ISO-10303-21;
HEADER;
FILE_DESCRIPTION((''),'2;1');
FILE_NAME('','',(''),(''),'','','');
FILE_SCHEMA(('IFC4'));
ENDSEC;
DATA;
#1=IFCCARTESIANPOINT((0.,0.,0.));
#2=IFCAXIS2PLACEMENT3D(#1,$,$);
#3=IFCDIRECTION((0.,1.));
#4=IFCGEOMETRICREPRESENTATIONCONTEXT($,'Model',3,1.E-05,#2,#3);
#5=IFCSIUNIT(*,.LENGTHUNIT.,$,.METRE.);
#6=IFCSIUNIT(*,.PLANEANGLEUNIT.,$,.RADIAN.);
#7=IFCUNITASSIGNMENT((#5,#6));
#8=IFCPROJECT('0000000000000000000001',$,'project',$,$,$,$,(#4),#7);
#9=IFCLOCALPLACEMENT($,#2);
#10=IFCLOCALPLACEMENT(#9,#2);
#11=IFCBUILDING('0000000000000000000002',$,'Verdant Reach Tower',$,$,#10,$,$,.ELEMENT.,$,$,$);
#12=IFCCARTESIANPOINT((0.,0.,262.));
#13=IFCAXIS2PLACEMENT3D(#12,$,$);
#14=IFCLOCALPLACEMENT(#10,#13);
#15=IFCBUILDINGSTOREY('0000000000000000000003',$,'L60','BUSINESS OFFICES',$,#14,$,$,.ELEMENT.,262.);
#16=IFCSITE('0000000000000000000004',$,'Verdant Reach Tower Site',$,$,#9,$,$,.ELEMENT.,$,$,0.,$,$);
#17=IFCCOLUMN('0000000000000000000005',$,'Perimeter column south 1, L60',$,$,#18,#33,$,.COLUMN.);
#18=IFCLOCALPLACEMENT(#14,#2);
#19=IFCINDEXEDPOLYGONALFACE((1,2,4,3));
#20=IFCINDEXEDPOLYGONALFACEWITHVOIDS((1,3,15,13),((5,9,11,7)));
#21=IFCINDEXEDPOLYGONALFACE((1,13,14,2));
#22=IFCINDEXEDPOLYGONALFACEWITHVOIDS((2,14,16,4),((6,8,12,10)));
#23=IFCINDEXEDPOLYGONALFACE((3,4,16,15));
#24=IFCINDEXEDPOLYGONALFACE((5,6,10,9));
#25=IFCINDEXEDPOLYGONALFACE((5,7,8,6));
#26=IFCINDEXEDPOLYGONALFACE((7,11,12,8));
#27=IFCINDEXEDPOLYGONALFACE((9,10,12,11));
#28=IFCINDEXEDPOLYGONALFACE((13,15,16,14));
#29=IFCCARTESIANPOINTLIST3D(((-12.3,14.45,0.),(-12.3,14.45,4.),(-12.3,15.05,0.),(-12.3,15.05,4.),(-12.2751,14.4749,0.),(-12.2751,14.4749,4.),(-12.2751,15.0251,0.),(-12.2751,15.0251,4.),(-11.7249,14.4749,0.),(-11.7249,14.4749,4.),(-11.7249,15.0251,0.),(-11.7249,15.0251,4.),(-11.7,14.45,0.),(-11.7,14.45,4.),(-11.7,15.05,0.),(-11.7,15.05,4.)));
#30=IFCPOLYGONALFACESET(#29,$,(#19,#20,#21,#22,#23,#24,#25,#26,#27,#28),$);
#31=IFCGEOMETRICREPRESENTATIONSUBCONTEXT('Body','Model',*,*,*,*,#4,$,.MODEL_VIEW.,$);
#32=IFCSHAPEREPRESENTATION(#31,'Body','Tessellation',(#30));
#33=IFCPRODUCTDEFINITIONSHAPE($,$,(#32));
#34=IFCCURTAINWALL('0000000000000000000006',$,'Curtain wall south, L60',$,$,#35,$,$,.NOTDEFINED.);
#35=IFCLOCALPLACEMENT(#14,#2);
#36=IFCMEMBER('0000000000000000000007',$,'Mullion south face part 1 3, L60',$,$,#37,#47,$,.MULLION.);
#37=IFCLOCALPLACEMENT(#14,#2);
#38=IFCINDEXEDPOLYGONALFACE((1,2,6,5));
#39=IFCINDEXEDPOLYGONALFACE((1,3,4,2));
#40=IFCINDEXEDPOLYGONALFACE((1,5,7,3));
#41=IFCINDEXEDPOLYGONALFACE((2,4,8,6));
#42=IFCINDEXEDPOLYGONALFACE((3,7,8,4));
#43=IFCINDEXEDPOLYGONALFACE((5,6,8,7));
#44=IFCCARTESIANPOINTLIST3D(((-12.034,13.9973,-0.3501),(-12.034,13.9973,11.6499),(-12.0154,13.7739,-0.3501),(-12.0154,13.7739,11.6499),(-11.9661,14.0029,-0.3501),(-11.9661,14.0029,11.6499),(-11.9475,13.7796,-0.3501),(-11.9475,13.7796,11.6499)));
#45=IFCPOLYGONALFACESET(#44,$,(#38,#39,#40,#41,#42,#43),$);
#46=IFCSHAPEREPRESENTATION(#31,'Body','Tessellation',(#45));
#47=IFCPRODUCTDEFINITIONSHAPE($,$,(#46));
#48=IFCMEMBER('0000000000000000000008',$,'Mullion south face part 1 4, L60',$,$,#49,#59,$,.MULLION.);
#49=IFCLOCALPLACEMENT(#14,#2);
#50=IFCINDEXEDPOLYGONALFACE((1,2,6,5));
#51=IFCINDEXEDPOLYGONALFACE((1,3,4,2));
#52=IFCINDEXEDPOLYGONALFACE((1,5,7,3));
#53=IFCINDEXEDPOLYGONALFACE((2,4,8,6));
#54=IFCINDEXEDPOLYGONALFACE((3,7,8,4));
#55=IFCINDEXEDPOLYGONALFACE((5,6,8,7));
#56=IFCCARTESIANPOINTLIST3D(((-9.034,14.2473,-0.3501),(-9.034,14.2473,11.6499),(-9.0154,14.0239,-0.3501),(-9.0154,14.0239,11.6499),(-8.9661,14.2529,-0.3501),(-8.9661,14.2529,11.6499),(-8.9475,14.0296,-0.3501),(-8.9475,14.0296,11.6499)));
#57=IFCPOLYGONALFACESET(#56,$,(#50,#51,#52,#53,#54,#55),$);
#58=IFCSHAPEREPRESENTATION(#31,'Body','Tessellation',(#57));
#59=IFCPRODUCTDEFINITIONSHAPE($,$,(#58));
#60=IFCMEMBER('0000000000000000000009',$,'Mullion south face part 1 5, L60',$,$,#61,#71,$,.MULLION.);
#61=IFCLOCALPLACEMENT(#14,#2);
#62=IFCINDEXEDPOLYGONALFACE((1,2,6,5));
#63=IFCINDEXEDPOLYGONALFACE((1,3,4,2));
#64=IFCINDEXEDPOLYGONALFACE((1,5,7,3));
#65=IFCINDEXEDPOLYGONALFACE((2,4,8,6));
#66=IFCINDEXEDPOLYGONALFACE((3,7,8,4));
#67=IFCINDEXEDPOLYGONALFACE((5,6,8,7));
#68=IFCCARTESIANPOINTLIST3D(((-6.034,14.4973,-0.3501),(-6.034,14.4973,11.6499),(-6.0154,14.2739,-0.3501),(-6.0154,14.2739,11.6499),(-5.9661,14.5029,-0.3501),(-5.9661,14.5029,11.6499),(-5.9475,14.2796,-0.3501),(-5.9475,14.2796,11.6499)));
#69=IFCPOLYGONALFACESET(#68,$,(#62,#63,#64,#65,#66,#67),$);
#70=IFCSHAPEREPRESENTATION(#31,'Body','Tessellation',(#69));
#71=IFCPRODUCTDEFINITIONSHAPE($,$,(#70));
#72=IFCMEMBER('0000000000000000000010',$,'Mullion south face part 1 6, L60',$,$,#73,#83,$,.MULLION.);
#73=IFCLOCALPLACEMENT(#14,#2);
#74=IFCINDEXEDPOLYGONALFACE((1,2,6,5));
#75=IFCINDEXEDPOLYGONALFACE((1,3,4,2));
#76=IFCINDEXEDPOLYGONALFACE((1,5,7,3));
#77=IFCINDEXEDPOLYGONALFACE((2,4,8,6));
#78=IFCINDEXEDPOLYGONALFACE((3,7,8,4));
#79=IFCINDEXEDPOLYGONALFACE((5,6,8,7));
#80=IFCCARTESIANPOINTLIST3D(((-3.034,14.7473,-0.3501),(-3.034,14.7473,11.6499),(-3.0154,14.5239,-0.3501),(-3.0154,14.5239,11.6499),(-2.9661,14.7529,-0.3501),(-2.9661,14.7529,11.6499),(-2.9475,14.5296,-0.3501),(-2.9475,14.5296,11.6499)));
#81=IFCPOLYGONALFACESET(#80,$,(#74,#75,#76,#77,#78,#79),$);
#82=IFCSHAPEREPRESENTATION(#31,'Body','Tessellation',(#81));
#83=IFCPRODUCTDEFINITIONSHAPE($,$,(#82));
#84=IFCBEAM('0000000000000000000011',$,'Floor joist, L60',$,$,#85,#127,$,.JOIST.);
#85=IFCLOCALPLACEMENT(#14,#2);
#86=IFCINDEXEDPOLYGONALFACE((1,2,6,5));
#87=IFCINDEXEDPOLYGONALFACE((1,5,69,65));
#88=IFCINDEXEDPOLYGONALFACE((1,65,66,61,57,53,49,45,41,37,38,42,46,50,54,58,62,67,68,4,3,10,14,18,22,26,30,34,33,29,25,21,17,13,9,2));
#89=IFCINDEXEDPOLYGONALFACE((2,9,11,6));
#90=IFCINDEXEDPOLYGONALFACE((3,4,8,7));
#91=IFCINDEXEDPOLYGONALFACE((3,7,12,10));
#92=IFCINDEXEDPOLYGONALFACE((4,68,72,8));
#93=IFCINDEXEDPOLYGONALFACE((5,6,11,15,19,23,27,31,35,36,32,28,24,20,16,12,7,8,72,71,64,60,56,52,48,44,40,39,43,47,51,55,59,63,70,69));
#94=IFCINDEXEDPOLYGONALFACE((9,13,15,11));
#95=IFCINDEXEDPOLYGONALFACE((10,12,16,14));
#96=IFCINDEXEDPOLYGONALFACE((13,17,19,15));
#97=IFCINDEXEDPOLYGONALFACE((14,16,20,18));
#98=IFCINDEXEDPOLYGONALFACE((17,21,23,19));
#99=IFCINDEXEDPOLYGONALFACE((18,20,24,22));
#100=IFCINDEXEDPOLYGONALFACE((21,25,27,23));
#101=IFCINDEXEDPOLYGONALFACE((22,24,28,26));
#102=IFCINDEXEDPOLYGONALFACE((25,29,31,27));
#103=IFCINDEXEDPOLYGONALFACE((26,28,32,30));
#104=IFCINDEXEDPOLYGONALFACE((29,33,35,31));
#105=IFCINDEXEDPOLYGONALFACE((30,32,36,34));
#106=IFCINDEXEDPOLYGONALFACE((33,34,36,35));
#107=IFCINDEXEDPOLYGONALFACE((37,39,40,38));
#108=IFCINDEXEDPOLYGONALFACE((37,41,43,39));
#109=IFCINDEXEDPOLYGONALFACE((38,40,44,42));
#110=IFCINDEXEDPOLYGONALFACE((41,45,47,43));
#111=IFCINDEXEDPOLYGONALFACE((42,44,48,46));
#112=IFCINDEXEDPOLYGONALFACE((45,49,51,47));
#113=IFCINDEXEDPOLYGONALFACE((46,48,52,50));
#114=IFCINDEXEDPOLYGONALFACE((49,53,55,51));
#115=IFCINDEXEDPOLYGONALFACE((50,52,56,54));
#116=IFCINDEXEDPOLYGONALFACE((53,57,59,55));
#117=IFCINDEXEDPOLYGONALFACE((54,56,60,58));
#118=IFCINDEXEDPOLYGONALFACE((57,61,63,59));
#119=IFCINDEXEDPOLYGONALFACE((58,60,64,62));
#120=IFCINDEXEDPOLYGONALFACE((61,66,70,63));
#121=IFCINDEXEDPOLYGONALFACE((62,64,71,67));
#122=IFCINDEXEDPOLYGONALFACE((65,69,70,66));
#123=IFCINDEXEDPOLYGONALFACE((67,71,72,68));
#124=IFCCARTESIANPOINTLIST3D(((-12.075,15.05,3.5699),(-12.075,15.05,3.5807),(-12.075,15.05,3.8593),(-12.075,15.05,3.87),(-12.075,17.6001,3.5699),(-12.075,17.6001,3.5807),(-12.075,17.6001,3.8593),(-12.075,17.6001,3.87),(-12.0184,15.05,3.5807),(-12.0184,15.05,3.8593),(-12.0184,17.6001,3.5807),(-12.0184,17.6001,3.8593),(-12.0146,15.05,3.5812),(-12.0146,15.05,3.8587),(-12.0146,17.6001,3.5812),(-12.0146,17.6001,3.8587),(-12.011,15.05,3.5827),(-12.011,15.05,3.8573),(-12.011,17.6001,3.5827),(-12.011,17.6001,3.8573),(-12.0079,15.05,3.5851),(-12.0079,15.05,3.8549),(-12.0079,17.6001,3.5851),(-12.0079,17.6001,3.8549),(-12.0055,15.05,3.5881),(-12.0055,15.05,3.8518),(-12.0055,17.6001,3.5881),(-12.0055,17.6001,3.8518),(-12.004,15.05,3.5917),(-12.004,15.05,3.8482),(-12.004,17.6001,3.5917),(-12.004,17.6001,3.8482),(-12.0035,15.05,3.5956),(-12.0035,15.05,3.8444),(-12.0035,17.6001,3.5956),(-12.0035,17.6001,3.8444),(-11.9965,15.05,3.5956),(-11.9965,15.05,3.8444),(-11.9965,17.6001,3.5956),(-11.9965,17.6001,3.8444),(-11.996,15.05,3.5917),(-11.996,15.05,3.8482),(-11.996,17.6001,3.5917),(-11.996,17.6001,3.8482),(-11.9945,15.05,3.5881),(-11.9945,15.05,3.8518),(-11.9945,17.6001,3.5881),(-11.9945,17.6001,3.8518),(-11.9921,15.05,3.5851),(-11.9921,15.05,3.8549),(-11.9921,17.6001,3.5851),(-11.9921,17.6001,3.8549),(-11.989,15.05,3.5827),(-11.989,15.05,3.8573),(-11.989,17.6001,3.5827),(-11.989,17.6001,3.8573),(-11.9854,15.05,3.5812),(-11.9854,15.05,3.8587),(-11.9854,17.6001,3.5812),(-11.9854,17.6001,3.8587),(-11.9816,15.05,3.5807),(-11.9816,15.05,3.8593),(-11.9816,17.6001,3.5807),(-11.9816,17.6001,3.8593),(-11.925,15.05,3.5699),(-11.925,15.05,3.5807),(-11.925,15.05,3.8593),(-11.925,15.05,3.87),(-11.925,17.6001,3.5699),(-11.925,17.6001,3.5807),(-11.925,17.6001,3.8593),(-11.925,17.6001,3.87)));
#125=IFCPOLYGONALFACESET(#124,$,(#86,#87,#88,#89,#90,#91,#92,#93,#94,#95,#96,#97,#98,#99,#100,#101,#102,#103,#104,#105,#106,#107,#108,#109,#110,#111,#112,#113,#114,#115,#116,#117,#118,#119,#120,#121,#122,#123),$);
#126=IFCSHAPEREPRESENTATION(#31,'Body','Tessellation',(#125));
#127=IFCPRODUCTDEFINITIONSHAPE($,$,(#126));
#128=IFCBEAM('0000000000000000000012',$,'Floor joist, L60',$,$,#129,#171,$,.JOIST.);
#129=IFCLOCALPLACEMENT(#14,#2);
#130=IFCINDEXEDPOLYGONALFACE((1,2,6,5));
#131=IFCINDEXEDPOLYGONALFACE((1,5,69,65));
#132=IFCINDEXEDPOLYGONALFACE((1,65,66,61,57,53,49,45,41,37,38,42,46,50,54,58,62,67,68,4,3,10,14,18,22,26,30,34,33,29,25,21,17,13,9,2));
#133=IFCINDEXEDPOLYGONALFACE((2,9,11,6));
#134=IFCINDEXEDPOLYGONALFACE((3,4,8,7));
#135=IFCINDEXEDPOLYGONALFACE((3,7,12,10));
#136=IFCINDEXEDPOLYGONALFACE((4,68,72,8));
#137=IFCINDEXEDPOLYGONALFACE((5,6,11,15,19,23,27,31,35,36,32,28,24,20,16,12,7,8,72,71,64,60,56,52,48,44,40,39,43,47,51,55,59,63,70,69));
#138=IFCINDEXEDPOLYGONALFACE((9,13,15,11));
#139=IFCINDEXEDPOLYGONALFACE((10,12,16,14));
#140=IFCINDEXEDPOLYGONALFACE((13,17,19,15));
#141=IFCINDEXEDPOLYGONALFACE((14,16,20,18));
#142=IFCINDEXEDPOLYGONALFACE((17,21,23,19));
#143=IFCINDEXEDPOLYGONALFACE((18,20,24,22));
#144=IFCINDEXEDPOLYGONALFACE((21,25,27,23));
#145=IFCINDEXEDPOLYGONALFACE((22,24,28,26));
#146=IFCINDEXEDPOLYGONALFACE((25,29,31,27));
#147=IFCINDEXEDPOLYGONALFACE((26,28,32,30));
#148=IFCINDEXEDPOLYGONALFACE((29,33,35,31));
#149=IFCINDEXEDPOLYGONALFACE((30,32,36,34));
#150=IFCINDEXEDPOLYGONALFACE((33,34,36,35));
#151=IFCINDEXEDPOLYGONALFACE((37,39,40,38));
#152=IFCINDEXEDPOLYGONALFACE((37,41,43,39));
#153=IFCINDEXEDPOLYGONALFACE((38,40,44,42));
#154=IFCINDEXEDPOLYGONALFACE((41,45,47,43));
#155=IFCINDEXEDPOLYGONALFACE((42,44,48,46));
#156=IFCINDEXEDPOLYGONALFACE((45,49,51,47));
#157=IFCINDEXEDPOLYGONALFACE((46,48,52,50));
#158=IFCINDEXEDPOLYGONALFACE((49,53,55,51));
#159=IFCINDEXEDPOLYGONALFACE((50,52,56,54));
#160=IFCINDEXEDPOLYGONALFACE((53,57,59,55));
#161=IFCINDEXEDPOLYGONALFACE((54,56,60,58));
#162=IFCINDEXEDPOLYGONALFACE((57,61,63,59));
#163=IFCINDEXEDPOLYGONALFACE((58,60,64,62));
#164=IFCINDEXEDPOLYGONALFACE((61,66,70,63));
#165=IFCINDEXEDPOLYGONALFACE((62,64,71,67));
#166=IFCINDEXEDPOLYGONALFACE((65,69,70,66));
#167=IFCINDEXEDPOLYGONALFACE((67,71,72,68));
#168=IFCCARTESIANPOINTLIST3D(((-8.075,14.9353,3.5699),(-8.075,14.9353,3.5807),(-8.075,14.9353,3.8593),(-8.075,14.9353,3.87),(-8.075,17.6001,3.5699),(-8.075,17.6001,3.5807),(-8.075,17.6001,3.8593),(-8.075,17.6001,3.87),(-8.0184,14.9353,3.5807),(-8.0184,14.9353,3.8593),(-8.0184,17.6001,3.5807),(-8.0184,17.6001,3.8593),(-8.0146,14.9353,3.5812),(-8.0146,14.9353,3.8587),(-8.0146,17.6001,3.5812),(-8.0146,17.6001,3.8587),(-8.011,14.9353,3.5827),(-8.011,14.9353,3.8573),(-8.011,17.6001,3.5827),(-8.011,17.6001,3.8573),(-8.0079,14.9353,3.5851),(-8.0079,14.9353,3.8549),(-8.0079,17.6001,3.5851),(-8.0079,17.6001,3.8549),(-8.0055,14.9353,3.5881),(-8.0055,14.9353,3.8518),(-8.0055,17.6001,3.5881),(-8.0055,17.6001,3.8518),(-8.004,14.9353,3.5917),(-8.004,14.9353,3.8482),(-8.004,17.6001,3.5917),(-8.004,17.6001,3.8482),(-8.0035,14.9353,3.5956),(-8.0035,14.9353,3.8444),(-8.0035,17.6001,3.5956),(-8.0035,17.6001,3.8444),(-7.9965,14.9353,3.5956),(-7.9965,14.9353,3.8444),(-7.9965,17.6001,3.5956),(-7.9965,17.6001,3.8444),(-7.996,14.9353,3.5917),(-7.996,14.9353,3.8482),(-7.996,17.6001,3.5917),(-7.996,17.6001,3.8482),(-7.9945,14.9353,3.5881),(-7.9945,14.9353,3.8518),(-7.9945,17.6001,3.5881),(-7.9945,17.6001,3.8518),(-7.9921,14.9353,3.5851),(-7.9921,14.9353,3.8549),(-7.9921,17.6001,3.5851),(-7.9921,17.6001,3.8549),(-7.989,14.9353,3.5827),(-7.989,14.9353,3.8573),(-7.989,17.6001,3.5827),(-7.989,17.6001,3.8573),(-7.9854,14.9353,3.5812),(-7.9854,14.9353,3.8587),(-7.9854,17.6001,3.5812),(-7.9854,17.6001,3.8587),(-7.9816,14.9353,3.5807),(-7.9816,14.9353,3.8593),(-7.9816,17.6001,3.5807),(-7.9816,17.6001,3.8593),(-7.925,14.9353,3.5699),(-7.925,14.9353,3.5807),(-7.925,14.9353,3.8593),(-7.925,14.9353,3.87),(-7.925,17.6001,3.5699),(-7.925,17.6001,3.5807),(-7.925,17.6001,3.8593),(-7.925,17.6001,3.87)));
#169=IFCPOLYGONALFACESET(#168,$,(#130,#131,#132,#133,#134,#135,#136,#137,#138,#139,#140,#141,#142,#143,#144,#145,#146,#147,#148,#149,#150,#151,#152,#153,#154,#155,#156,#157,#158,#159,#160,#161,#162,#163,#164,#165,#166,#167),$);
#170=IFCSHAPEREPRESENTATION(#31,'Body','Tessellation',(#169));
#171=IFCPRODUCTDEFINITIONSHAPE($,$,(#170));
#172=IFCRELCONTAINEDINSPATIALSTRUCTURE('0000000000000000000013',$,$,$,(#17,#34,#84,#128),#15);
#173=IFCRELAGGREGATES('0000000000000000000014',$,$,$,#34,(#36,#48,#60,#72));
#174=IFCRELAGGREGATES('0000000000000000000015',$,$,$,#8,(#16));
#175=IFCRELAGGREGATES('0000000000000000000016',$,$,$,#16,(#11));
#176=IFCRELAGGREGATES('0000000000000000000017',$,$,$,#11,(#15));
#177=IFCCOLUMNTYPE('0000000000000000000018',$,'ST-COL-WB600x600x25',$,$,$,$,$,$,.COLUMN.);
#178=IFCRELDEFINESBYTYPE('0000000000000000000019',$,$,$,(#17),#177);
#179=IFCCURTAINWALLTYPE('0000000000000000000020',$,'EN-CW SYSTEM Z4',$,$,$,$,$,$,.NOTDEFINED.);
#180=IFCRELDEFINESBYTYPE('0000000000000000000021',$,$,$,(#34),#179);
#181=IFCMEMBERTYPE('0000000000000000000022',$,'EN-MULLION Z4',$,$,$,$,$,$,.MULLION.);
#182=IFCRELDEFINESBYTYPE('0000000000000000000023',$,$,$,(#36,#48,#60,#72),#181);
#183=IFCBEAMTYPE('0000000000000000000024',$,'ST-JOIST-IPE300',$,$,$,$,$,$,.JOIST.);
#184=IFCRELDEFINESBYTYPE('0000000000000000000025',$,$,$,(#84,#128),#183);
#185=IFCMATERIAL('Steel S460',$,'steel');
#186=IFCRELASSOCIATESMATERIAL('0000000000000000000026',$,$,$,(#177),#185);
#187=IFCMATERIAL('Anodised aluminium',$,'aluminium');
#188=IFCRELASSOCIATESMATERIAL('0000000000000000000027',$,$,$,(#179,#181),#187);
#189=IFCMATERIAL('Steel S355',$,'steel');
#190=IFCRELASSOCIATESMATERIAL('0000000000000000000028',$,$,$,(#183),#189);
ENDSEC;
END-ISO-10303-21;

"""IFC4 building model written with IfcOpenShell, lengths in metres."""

from ifc_helpers import new_model, si_unit, direction, frame, origin, origin_2d, place, context, subcontext, project, spatial, rectangle, hollow_rectangle, i_section, extrude, material, material_profile, profile_set, type_object, element, aggregate, save


model = new_model("IFC4")

# Units and contexts
model_context = context("Model", 3, precision=1e-05, world=origin(), true_north=direction((0.0, 1.0)))
body_context = subcontext(model_context, "Body", "Model", "MODEL_VIEW")
ifc_project = project(units=[si_unit("LENGTHUNIT", "METRE"), si_unit("PLANEANGLEUNIT", "RADIAN")], contexts=[model_context])

# Site, building, storey
site_placement = place(None, origin())
site = spatial("IfcSite", under=ifc_project, at=site_placement, Name="Verdant Reach Tower Site", CompositionType="ELEMENT", RefElevation=0.0)
building_placement = place(site_placement, origin())
building = spatial("IfcBuilding", under=site, at=building_placement, Name="Verdant Reach Tower", CompositionType="ELEMENT")
storey_placement = place(building_placement, frame((0.0, 0.0, 262.0)))
storey = spatial("IfcBuildingStorey", under=building, at=storey_placement, Name="L60", Description="BUSINESS OFFICES", CompositionType="ELEMENT", Elevation=262.0)

# Column
ifc_material_1 = material(Name="Steel S460", Category="steel")
ifc_material_profile_1 = material_profile(ifc_material_1, hollow_rectangle(XDim=0.6001, YDim=0.6001, WallThickness=0.0249, at=origin_2d()), Name="WB 600x600x25")
ifc_profile_set_1 = profile_set([ifc_material_profile_1], Name="Steel S460")
column_type = type_object("IfcColumnType", Name="ST-COL-WB600x600x25", PredefinedType="COLUMN", material=ifc_profile_set_1)
column_placement = place(storey_placement, frame((-12.0, 14.75, 0.0), z_axis=(0.0, 0.0, 1.0), x_axis=(1.0, 0.0, 0.0)))
element("IfcColumn", 1, at=column_placement, inside=storey, type_object=column_type, Name="Perimeter column south 1, L60", PredefinedType="COLUMN", context=body_context, shape_type="SweptSolid", body=[
    extrude(hollow_rectangle(XDim=0.6001, YDim=0.6001, WallThickness=0.0249, at=origin_2d()), origin(), (0.0, 0.0, 1.0), 4.0),
])

# Curtain wall, members
ifc_material_2 = material(Name="Anodised aluminium", Category="aluminium")
curtain_wall_type = type_object("IfcCurtainWallType", Name="EN-CW SYSTEM Z4", PredefinedType="NOTDEFINED", material=ifc_material_2)
curtain_wall_placement = place(storey_placement, origin())
curtain_wall = element("IfcCurtainWall", 2, at=curtain_wall_placement, inside=storey, type_object=curtain_wall_type, Name="Curtain wall south, L60", PredefinedType="NOTDEFINED")
ifc_material_profile_2 = material_profile(ifc_material_2, rectangle(XDim=0.2241, YDim=0.0681, at=origin_2d()), Name="Mullion 68x224")
ifc_profile_set_2 = profile_set([ifc_material_profile_2], Name="Anodised aluminium")
member_type = type_object("IfcMemberType", Name="EN-MULLION Z4", PredefinedType="MULLION", material=ifc_profile_set_2)
member_1_placement = place(storey_placement, frame((-11.9907, 13.8884, -0.3501), z_axis=(0.0, 0.0, 1.0), x_axis=(0.083045, -0.996546, 0.0)))
member_1 = element("IfcMember", 3, at=member_1_placement, type_object=member_type, Name="Mullion south face part 1 3, L60", PredefinedType="MULLION", context=body_context, shape_type="SweptSolid", body=[
    extrude(rectangle(XDim=0.2241, YDim=0.0681, at=origin_2d()), origin(), (0.0, 0.0, 1.0), 12.0),
])
member_2_placement = place(storey_placement, frame((-8.9907, 14.1384, -0.3501), z_axis=(0.0, 0.0, 1.0), x_axis=(0.083045, -0.996546, 0.0)))
member_2 = element("IfcMember", 4, at=member_2_placement, type_object=member_type, Name="Mullion south face part 1 4, L60", PredefinedType="MULLION", context=body_context, shape_type="SweptSolid", body=[
    extrude(rectangle(XDim=0.2241, YDim=0.0681, at=origin_2d()), origin(), (0.0, 0.0, 1.0), 12.0),
])
member_3_placement = place(storey_placement, frame((-5.9907, 14.3884, -0.3501), z_axis=(0.0, 0.0, 1.0), x_axis=(0.083045, -0.996546, 0.0)))
member_3 = element("IfcMember", 5, at=member_3_placement, type_object=member_type, Name="Mullion south face part 1 5, L60", PredefinedType="MULLION", context=body_context, shape_type="SweptSolid", body=[
    extrude(rectangle(XDim=0.2241, YDim=0.0681, at=origin_2d()), origin(), (0.0, 0.0, 1.0), 12.0),
])
member_4_placement = place(storey_placement, frame((-2.9907, 14.6384, -0.3501), z_axis=(0.0, 0.0, 1.0), x_axis=(0.083045, -0.996546, 0.0)))
member_4 = element("IfcMember", 6, at=member_4_placement, type_object=member_type, Name="Mullion south face part 1 6, L60", PredefinedType="MULLION", context=body_context, shape_type="SweptSolid", body=[
    extrude(rectangle(XDim=0.2241, YDim=0.0681, at=origin_2d()), origin(), (0.0, 0.0, 1.0), 12.0),
])

# Beams
ifc_material_3 = material(Name="Steel S355", Category="steel")
ifc_material_profile_3 = material_profile(ifc_material_3, i_section(OverallWidth=0.1499, OverallDepth=0.3, WebThickness=0.0071, FlangeThickness=0.0107, FilletRadius=0.0149, at=origin_2d()), Name="IPE 300")
ifc_profile_set_3 = profile_set([ifc_material_profile_3], Name="Steel S355")
beam_type_1 = type_object("IfcBeamType", Name="ST-JOIST-IPE300", PredefinedType="JOIST", material=ifc_profile_set_3)
beam_1_placement = place(storey_placement, frame((-12.0, 17.6001, 3.72), z_axis=(0.0, -1.0, 0.0), x_axis=(1.0, 0.0, 0.0)))
element("IfcBeam", 7, at=beam_1_placement, inside=storey, type_object=beam_type_1, Name="Floor joist, L60", PredefinedType="JOIST", context=body_context, shape_type="SweptSolid", body=[
    extrude(i_section(OverallWidth=0.1499, OverallDepth=0.3, WebThickness=0.0071, FlangeThickness=0.0107, FilletRadius=0.0149, at=origin_2d()), origin(), (0.0, 0.0, 1.0), 2.55),
])
beam_2_placement = place(storey_placement, frame((-8.0, 17.6001, 3.72), z_axis=(0.0, -1.0, 0.0), x_axis=(1.0, 0.0, 0.0)))
element("IfcBeam", 8, at=beam_2_placement, inside=storey, type_object=beam_type_1, Name="Floor joist, L60", PredefinedType="JOIST", context=body_context, shape_type="SweptSolid", body=[
    extrude(i_section(OverallWidth=0.1499, OverallDepth=0.3, WebThickness=0.0071, FlangeThickness=0.0107, FilletRadius=0.0149, at=origin_2d()), origin(), (0.0, 0.0, 1.0), 2.6648),
])

aggregate(curtain_wall, [member_1, member_2, member_3, member_4])

save(model, "model.ifc")
